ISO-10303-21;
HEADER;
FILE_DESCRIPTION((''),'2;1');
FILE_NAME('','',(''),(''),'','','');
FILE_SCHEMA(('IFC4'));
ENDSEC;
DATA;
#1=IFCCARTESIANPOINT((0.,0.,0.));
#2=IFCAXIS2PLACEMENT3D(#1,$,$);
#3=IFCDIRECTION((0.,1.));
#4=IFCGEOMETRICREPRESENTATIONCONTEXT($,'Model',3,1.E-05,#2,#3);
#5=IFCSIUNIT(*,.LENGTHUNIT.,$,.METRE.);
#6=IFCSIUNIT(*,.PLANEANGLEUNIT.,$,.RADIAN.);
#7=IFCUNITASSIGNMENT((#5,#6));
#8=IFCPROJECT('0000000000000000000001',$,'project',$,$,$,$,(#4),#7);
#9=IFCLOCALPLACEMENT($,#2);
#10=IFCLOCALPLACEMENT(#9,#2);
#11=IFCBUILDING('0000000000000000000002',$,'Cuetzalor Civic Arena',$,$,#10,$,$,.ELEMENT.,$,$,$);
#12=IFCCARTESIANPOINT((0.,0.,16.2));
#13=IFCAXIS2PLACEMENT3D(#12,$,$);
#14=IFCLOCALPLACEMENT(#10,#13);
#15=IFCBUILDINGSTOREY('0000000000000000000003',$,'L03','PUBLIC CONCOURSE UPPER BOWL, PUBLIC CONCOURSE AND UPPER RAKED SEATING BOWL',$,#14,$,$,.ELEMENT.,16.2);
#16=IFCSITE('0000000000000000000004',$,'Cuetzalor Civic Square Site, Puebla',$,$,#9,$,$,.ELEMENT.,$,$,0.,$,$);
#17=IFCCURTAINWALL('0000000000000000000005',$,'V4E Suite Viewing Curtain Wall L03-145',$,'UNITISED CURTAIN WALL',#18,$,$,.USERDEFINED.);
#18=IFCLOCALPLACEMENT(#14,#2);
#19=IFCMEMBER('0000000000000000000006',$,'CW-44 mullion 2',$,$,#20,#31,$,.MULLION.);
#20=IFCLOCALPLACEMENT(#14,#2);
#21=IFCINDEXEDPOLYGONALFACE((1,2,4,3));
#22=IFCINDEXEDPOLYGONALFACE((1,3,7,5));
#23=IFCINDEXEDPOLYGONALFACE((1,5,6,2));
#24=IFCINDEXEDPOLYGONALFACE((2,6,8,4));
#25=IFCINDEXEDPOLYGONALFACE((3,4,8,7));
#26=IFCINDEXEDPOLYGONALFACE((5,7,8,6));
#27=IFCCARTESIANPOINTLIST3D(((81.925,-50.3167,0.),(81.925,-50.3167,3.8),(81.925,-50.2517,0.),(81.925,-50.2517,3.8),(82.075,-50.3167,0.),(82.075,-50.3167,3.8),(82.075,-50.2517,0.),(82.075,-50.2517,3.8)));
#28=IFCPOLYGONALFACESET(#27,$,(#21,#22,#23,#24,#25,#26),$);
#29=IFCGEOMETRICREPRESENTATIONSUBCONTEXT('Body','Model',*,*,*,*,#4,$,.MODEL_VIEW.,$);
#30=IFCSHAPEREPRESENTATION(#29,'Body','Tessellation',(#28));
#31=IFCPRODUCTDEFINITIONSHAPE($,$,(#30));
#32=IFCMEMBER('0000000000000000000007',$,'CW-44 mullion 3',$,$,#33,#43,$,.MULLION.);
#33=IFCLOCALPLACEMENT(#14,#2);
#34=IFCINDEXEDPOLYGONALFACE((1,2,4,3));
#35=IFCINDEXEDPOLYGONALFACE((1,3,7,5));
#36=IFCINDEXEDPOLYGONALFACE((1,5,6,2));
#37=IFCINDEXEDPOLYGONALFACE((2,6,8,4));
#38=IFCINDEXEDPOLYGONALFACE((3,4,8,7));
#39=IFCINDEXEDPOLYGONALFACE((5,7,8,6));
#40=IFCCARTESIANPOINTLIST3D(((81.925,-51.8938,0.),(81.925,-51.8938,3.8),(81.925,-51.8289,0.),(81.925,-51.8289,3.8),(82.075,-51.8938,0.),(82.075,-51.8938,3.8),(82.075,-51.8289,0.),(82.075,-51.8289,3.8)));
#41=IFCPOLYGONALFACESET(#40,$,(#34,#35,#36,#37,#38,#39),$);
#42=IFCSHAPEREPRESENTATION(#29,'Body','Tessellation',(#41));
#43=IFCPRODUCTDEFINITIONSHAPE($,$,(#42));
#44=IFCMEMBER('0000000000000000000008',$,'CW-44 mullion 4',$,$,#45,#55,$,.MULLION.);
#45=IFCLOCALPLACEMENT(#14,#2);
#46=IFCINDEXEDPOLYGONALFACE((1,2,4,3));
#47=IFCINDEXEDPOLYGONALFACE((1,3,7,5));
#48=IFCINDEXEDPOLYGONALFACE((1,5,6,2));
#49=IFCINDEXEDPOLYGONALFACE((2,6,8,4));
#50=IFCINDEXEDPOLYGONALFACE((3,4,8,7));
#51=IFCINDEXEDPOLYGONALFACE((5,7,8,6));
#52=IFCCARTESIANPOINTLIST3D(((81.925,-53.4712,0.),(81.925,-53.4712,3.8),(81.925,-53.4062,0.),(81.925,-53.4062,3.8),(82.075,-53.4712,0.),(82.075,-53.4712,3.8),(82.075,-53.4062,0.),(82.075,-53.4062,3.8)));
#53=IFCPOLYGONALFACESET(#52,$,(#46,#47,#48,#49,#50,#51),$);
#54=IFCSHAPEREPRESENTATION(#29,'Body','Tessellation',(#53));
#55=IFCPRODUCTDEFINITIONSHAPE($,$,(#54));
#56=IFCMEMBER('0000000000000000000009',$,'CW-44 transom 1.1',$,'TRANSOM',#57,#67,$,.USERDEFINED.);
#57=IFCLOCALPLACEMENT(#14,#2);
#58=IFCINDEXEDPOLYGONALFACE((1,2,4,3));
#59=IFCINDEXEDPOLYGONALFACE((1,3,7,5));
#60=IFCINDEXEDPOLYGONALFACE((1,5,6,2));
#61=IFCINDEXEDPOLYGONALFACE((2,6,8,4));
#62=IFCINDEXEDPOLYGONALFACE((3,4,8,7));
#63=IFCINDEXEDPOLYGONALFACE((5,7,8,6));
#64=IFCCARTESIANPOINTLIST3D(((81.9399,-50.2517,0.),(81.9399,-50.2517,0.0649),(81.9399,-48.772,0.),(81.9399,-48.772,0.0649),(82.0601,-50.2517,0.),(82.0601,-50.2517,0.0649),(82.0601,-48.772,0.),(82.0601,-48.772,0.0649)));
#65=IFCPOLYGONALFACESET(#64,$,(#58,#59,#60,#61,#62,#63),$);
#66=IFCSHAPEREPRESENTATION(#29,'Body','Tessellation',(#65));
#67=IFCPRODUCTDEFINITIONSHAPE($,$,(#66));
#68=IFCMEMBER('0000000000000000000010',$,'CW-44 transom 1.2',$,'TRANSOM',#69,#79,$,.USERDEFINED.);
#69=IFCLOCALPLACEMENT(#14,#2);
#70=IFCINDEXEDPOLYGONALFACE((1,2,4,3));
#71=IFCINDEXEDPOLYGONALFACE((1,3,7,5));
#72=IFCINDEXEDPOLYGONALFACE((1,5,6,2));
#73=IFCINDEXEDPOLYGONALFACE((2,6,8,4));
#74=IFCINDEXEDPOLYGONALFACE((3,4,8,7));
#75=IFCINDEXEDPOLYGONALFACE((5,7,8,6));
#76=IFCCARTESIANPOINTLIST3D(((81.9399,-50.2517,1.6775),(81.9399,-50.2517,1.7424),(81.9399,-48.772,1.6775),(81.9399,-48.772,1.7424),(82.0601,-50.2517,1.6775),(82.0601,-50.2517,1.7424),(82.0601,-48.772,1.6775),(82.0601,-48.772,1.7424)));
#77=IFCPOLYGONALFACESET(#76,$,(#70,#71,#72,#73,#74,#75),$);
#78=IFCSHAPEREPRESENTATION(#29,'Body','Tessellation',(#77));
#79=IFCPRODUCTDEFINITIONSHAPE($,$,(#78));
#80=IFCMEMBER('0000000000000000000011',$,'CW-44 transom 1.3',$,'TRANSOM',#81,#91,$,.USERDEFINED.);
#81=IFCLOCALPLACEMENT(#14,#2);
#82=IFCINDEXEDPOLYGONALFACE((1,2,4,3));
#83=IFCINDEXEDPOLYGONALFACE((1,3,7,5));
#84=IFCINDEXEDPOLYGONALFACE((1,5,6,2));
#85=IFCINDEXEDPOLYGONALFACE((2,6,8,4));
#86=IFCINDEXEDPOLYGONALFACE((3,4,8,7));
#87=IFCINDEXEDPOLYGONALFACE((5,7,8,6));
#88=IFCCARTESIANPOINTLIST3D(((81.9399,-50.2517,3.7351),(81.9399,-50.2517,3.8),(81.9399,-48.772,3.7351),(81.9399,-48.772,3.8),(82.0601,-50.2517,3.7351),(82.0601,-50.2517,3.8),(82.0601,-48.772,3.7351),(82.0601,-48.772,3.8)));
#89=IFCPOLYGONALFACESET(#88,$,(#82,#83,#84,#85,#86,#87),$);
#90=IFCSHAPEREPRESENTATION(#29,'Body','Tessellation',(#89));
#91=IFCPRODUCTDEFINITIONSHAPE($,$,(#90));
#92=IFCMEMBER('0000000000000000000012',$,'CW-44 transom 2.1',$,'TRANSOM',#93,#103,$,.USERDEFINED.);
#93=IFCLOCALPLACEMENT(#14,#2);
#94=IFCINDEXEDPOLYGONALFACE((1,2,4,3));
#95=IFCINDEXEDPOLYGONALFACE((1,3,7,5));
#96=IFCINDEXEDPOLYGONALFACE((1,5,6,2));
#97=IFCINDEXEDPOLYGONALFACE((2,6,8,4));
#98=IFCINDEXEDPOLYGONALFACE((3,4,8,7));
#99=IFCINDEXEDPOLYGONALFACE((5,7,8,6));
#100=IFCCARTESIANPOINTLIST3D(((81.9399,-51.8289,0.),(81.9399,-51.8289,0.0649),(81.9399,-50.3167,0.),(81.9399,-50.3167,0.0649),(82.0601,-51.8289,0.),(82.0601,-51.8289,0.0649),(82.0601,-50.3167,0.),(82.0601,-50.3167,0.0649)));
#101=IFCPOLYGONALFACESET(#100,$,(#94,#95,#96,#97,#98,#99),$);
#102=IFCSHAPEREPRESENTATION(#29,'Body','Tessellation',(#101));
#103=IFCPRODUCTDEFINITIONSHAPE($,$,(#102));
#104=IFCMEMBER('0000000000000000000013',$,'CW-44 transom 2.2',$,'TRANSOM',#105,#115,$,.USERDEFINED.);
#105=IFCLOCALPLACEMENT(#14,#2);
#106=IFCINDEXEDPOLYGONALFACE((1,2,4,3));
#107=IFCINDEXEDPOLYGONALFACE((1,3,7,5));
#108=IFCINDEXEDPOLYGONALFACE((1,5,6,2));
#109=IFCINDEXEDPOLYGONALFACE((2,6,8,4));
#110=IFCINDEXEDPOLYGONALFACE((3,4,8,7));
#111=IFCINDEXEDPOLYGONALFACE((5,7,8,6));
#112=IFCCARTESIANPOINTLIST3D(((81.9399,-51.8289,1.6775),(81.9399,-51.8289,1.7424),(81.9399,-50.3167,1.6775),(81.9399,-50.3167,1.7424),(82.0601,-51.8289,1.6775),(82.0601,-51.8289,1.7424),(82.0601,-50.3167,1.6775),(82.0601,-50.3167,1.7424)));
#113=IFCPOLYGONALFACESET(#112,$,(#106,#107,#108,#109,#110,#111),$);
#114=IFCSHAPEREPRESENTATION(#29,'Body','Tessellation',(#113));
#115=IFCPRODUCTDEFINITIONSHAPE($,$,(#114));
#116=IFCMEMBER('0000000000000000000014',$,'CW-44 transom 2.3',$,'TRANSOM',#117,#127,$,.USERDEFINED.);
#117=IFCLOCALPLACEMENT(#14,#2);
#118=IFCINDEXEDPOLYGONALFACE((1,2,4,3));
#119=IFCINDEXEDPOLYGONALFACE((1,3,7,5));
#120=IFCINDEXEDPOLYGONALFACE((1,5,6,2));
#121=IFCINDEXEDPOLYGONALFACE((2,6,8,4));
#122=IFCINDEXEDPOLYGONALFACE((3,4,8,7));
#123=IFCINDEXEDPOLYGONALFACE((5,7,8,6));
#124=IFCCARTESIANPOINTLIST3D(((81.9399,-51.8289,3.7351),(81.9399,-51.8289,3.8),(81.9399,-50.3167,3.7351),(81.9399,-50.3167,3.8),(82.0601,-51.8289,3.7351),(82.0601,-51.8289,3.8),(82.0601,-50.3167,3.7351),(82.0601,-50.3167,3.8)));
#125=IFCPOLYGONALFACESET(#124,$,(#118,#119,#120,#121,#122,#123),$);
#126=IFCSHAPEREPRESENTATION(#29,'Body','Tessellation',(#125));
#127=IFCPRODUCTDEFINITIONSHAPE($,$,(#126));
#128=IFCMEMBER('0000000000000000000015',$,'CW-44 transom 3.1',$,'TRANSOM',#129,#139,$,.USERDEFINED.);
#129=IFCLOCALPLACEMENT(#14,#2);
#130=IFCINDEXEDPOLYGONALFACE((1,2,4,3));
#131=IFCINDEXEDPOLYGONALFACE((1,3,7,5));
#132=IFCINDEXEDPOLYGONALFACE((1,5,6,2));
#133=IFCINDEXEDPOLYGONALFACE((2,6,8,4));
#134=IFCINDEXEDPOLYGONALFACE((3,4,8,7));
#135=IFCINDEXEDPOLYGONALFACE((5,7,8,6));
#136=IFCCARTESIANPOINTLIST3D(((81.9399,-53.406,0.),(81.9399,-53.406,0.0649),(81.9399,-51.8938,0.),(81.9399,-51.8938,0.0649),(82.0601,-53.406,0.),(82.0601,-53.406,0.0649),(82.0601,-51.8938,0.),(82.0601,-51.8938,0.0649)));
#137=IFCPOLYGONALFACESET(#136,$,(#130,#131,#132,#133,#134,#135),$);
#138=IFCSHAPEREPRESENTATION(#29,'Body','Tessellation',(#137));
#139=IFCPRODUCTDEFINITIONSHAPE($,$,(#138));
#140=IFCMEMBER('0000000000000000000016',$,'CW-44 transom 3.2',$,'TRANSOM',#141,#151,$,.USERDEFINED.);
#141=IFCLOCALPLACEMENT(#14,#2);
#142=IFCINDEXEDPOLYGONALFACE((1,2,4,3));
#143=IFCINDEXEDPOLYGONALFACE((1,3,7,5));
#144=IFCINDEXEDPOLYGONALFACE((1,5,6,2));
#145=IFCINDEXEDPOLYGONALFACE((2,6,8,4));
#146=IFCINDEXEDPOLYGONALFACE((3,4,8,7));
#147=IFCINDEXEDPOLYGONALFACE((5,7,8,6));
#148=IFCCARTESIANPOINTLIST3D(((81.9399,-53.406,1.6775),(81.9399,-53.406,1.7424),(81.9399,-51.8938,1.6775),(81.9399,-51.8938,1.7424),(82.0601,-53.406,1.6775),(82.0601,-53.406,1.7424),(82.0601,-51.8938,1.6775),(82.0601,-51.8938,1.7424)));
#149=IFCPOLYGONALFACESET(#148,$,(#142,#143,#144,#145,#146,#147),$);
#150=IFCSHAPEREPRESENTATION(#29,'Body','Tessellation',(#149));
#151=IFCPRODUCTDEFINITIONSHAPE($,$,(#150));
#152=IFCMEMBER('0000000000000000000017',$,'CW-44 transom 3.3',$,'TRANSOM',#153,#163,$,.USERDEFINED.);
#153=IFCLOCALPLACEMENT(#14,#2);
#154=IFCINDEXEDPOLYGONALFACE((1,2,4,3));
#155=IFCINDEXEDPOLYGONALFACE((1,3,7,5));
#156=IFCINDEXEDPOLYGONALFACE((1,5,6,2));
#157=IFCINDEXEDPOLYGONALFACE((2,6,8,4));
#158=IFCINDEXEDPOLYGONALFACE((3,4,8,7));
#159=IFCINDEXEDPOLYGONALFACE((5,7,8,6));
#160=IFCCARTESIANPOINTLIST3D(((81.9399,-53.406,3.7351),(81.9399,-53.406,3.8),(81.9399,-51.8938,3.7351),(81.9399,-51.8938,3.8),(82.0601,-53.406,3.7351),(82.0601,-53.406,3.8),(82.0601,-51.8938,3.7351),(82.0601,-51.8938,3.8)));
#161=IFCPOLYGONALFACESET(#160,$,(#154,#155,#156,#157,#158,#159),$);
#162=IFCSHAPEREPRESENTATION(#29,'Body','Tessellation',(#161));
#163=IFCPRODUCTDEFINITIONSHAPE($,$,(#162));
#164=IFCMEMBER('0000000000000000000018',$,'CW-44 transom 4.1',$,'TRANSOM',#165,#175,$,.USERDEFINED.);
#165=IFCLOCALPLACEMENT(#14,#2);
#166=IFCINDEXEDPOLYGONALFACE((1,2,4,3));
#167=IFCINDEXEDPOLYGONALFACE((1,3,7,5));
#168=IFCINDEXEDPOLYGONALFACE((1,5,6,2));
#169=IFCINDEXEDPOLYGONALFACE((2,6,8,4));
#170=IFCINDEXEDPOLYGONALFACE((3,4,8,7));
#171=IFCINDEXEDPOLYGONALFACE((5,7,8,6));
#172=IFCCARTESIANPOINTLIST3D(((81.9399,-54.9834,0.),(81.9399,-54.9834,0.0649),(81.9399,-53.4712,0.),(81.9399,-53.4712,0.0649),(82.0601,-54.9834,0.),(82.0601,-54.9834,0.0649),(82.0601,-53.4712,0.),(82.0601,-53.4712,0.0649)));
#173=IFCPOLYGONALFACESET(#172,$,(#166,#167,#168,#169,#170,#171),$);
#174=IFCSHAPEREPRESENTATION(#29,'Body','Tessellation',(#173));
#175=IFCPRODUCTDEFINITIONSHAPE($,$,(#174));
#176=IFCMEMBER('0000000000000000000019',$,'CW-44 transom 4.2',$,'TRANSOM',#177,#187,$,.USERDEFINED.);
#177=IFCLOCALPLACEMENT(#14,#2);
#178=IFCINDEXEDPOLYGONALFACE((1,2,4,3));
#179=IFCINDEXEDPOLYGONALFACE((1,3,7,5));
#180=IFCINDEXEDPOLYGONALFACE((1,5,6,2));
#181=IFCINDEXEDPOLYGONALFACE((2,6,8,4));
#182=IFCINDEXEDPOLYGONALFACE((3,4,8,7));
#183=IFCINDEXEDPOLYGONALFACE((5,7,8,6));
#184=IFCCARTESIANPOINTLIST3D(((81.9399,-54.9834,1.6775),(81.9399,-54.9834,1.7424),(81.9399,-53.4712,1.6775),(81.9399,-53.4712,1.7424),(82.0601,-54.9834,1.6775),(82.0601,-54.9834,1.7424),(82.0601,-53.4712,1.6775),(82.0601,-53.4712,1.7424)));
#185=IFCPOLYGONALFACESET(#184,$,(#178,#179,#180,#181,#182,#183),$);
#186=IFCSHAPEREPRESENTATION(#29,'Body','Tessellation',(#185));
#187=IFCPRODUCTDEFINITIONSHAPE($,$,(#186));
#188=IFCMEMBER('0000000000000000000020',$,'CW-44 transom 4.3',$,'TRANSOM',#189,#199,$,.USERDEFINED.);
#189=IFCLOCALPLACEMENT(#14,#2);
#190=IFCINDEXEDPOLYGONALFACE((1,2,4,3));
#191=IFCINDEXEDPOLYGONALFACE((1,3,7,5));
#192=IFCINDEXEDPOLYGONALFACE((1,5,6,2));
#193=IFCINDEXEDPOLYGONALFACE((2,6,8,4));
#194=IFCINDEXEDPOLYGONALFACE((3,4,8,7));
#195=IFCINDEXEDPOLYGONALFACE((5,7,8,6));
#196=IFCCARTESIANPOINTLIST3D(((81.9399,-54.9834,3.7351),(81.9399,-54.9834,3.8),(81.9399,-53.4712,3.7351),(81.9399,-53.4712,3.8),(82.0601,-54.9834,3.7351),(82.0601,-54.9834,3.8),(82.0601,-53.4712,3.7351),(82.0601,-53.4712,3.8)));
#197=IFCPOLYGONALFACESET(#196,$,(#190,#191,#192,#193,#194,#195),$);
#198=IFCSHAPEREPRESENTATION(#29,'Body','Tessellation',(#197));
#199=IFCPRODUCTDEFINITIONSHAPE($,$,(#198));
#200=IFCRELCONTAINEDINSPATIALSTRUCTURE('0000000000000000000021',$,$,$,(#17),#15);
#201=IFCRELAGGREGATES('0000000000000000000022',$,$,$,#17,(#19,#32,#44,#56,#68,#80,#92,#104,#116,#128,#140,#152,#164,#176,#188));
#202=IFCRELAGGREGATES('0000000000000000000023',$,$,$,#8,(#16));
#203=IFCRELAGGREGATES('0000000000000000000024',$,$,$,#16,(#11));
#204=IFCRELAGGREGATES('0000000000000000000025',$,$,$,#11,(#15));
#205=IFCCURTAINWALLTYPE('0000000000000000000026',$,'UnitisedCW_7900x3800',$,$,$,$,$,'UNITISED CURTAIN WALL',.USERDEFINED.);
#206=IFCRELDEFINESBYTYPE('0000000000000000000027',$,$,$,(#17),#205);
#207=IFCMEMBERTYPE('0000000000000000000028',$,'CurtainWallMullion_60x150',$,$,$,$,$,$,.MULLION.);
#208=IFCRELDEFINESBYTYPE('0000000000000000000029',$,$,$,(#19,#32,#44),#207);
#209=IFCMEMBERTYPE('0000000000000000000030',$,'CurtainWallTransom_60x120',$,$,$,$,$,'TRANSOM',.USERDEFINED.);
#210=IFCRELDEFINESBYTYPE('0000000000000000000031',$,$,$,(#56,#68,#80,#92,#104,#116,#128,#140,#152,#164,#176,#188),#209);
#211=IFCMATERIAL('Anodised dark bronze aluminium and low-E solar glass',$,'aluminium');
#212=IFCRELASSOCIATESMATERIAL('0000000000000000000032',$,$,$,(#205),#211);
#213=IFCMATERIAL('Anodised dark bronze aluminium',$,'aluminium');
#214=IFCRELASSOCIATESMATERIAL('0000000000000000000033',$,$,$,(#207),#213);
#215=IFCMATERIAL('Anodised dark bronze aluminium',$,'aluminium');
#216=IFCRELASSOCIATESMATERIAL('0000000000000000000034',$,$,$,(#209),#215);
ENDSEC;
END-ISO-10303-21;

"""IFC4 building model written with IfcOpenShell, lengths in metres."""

from ifc_helpers import new_model, si_unit, direction, frame, origin, origin_2d, place, context, subcontext, project, spatial, rectangle, extrude, material, material_profile, profile_set, type_object, element, aggregate, save


model = new_model("IFC4")

# Units and contexts
model_context = context("Model", 3, precision=1e-05, world=origin(), true_north=direction((0.0, 1.0)))
body_context = subcontext(model_context, "Body", "Model", "MODEL_VIEW")
ifc_project = project(units=[si_unit("LENGTHUNIT", "METRE"), si_unit("PLANEANGLEUNIT", "RADIAN")], contexts=[model_context])

# Site, building, storey
site_placement = place(None, origin())
site = spatial("IfcSite", under=ifc_project, at=site_placement, Name="Cuetzalor Civic Square Site, Puebla", CompositionType="ELEMENT", RefElevation=0.0)
building_placement = place(site_placement, origin())
building = spatial("IfcBuilding", under=site, at=building_placement, Name="Cuetzalor Civic Arena", CompositionType="ELEMENT")
storey_placement = place(building_placement, frame((0.0, 0.0, 16.2)))
storey = spatial("IfcBuildingStorey", under=building, at=storey_placement, Name="L03", Description="PUBLIC CONCOURSE UPPER BOWL, PUBLIC CONCOURSE AND UPPER RAKED SEATING BOWL", CompositionType="ELEMENT", Elevation=16.2)

# Curtain wall, members
ifc_material_1 = material(Name="Anodised dark bronze aluminium and low-E solar glass", Category="aluminium")
curtain_wall_type = type_object("IfcCurtainWallType", Name="UnitisedCW_7900x3800", ElementType="UNITISED CURTAIN WALL", PredefinedType="USERDEFINED", material=ifc_material_1)
curtain_wall_placement = place(storey_placement, origin())
curtain_wall = element("IfcCurtainWall", 1, at=curtain_wall_placement, inside=storey, type_object=curtain_wall_type, Name="V4E Suite Viewing Curtain Wall L03-145", ObjectType="UNITISED CURTAIN WALL", PredefinedType="USERDEFINED")
ifc_material_2 = material(Name="Anodised dark bronze aluminium", Category="aluminium")
ifc_material_profile_1 = material_profile(ifc_material_2, rectangle(XDim=0.0649, YDim=0.1499, at=origin_2d()), Name="ALU MULLION 65x150")
ifc_profile_set_1 = profile_set([ifc_material_profile_1], Name="Anodised dark bronze aluminium")
member_type_1 = type_object("IfcMemberType", Name="CurtainWallMullion_60x150", PredefinedType="MULLION", material=ifc_profile_set_1)
member_1_placement = place(storey_placement, frame((82.0, -50.2842, 0.0), z_axis=(0.0, 0.0, 1.0), x_axis=(0.0, -1.0, 0.0)))
member_1 = element("IfcMember", 2, at=member_1_placement, type_object=member_type_1, Name="CW-44 mullion 2", PredefinedType="MULLION", context=body_context, shape_type="SweptSolid", body=[
    extrude(rectangle(XDim=0.0649, YDim=0.1499, at=origin_2d()), origin(), (0.0, 0.0, 1.0), 3.8),
])
member_2_placement = place(storey_placement, frame((82.0, -51.8613, 0.0), z_axis=(0.0, 0.0, 1.0), x_axis=(0.0, -1.0, 0.0)))
member_2 = element("IfcMember", 3, at=member_2_placement, type_object=member_type_1, Name="CW-44 mullion 3", PredefinedType="MULLION", context=body_context, shape_type="SweptSolid", body=[
    extrude(rectangle(XDim=0.0649, YDim=0.1499, at=origin_2d()), origin(), (0.0, 0.0, 1.0), 3.8),
])
member_3_placement = place(storey_placement, frame((82.0, -53.4387, 0.0), z_axis=(0.0, 0.0, 1.0), x_axis=(0.0, -1.0, 0.0)))
member_3 = element("IfcMember", 4, at=member_3_placement, type_object=member_type_1, Name="CW-44 mullion 4", PredefinedType="MULLION", context=body_context, shape_type="SweptSolid", body=[
    extrude(rectangle(XDim=0.0649, YDim=0.1499, at=origin_2d()), origin(), (0.0, 0.0, 1.0), 3.8),
])
ifc_material_3 = material(Name="Anodised dark bronze aluminium", Category="aluminium")
ifc_material_profile_2 = material_profile(ifc_material_3, rectangle(XDim=0.1201, YDim=0.0649, at=origin_2d()), Name="ALU TRANSOM 65x120")
ifc_profile_set_2 = profile_set([ifc_material_profile_2], Name="Anodised dark bronze aluminium")
member_type_2 = type_object("IfcMemberType", Name="CurtainWallTransom_60x120", ElementType="TRANSOM", PredefinedType="USERDEFINED", material=ifc_profile_set_2)
member_4_placement = place(storey_placement, frame((82.0, -48.772, 0.0325), z_axis=(0.0, -1.0, 0.0), x_axis=(1.0, 0.0, 0.0)))
member_4 = element("IfcMember", 5, at=member_4_placement, type_object=member_type_2, Name="CW-44 transom 1.1", ObjectType="TRANSOM", PredefinedType="USERDEFINED", context=body_context, shape_type="SweptSolid", body=[
    extrude(rectangle(XDim=0.1201, YDim=0.0649, at=origin_2d()), origin(), (0.0, 0.0, 1.0), 1.4797),
])
member_5_placement = place(storey_placement, frame((82.0, -48.772, 1.71), z_axis=(0.0, -1.0, 0.0), x_axis=(1.0, 0.0, 0.0)))
member_5 = element("IfcMember", 6, at=member_5_placement, type_object=member_type_2, Name="CW-44 transom 1.2", ObjectType="TRANSOM", PredefinedType="USERDEFINED", context=body_context, shape_type="SweptSolid", body=[
    extrude(rectangle(XDim=0.1201, YDim=0.0649, at=origin_2d()), origin(), (0.0, 0.0, 1.0), 1.4797),
])
member_6_placement = place(storey_placement, frame((82.0, -48.772, 3.7676), z_axis=(0.0, -1.0, 0.0), x_axis=(1.0, 0.0, 0.0)))
member_6 = element("IfcMember", 7, at=member_6_placement, type_object=member_type_2, Name="CW-44 transom 1.3", ObjectType="TRANSOM", PredefinedType="USERDEFINED", context=body_context, shape_type="SweptSolid", body=[
    extrude(rectangle(XDim=0.1201, YDim=0.0649, at=origin_2d()), origin(), (0.0, 0.0, 1.0), 1.4797),
])
member_7_placement = place(storey_placement, frame((82.0, -50.3167, 0.0325), z_axis=(0.0, -1.0, 0.0), x_axis=(1.0, 0.0, 0.0)))
member_7 = element("IfcMember", 8, at=member_7_placement, type_object=member_type_2, Name="CW-44 transom 2.1", ObjectType="TRANSOM", PredefinedType="USERDEFINED", context=body_context, shape_type="SweptSolid", body=[
    extrude(rectangle(XDim=0.1201, YDim=0.0649, at=origin_2d()), origin(), (0.0, 0.0, 1.0), 1.5122),
])
member_8_placement = place(storey_placement, frame((82.0, -50.3167, 1.71), z_axis=(0.0, -1.0, 0.0), x_axis=(1.0, 0.0, 0.0)))
member_8 = element("IfcMember", 9, at=member_8_placement, type_object=member_type_2, Name="CW-44 transom 2.2", ObjectType="TRANSOM", PredefinedType="USERDEFINED", context=body_context, shape_type="SweptSolid", body=[
    extrude(rectangle(XDim=0.1201, YDim=0.0649, at=origin_2d()), origin(), (0.0, 0.0, 1.0), 1.5122),
])
member_9_placement = place(storey_placement, frame((82.0, -50.3167, 3.7676), z_axis=(0.0, -1.0, 0.0), x_axis=(1.0, 0.0, 0.0)))
member_9 = element("IfcMember", 10, at=member_9_placement, type_object=member_type_2, Name="CW-44 transom 2.3", ObjectType="TRANSOM", PredefinedType="USERDEFINED", context=body_context, shape_type="SweptSolid", body=[
    extrude(rectangle(XDim=0.1201, YDim=0.0649, at=origin_2d()), origin(), (0.0, 0.0, 1.0), 1.5122),
])
member_10_placement = place(storey_placement, frame((82.0, -51.8938, 0.0325), z_axis=(0.0, -1.0, 0.0), x_axis=(1.0, 0.0, 0.0)))
member_10 = element("IfcMember", 11, at=member_10_placement, type_object=member_type_2, Name="CW-44 transom 3.1", ObjectType="TRANSOM", PredefinedType="USERDEFINED", context=body_context, shape_type="SweptSolid", body=[
    extrude(rectangle(XDim=0.1201, YDim=0.0649, at=origin_2d()), origin(), (0.0, 0.0, 1.0), 1.5122),
])
member_11_placement = place(storey_placement, frame((82.0, -51.8938, 1.71), z_axis=(0.0, -1.0, 0.0), x_axis=(1.0, 0.0, 0.0)))
member_11 = element("IfcMember", 12, at=member_11_placement, type_object=member_type_2, Name="CW-44 transom 3.2", ObjectType="TRANSOM", PredefinedType="USERDEFINED", context=body_context, shape_type="SweptSolid", body=[
    extrude(rectangle(XDim=0.1201, YDim=0.0649, at=origin_2d()), origin(), (0.0, 0.0, 1.0), 1.5122),
])
member_12_placement = place(storey_placement, frame((82.0, -51.8938, 3.7676), z_axis=(0.0, -1.0, 0.0), x_axis=(1.0, 0.0, 0.0)))
member_12 = element("IfcMember", 13, at=member_12_placement, type_object=member_type_2, Name="CW-44 transom 3.3", ObjectType="TRANSOM", PredefinedType="USERDEFINED", context=body_context, shape_type="SweptSolid", body=[
    extrude(rectangle(XDim=0.1201, YDim=0.0649, at=origin_2d()), origin(), (0.0, 0.0, 1.0), 1.5122),
])
member_13_placement = place(storey_placement, frame((82.0, -53.4712, 0.0325), z_axis=(0.0, -1.0, 0.0), x_axis=(1.0, 0.0, 0.0)))
member_13 = element("IfcMember", 14, at=member_13_placement, type_object=member_type_2, Name="CW-44 transom 4.1", ObjectType="TRANSOM", PredefinedType="USERDEFINED", context=body_context, shape_type="SweptSolid", body=[
    extrude(rectangle(XDim=0.1201, YDim=0.0649, at=origin_2d()), origin(), (0.0, 0.0, 1.0), 1.5122),
])
member_14_placement = place(storey_placement, frame((82.0, -53.4712, 1.71), z_axis=(0.0, -1.0, 0.0), x_axis=(1.0, 0.0, 0.0)))
member_14 = element("IfcMember", 15, at=member_14_placement, type_object=member_type_2, Name="CW-44 transom 4.2", ObjectType="TRANSOM", PredefinedType="USERDEFINED", context=body_context, shape_type="SweptSolid", body=[
    extrude(rectangle(XDim=0.1201, YDim=0.0649, at=origin_2d()), origin(), (0.0, 0.0, 1.0), 1.5122),
])
member_15_placement = place(storey_placement, frame((82.0, -53.4712, 3.7676), z_axis=(0.0, -1.0, 0.0), x_axis=(1.0, 0.0, 0.0)))
member_15 = element("IfcMember", 16, at=member_15_placement, type_object=member_type_2, Name="CW-44 transom 4.3", ObjectType="TRANSOM", PredefinedType="USERDEFINED", context=body_context, shape_type="SweptSolid", body=[
    extrude(rectangle(XDim=0.1201, YDim=0.0649, at=origin_2d()), origin(), (0.0, 0.0, 1.0), 1.5122),
])
aggregate(curtain_wall, [member_1, member_2, member_3, member_4, member_5, member_6, member_7, member_8, member_9, member_10, member_11, member_12, member_13, member_14, member_15])

save(model, "model.ifc")
